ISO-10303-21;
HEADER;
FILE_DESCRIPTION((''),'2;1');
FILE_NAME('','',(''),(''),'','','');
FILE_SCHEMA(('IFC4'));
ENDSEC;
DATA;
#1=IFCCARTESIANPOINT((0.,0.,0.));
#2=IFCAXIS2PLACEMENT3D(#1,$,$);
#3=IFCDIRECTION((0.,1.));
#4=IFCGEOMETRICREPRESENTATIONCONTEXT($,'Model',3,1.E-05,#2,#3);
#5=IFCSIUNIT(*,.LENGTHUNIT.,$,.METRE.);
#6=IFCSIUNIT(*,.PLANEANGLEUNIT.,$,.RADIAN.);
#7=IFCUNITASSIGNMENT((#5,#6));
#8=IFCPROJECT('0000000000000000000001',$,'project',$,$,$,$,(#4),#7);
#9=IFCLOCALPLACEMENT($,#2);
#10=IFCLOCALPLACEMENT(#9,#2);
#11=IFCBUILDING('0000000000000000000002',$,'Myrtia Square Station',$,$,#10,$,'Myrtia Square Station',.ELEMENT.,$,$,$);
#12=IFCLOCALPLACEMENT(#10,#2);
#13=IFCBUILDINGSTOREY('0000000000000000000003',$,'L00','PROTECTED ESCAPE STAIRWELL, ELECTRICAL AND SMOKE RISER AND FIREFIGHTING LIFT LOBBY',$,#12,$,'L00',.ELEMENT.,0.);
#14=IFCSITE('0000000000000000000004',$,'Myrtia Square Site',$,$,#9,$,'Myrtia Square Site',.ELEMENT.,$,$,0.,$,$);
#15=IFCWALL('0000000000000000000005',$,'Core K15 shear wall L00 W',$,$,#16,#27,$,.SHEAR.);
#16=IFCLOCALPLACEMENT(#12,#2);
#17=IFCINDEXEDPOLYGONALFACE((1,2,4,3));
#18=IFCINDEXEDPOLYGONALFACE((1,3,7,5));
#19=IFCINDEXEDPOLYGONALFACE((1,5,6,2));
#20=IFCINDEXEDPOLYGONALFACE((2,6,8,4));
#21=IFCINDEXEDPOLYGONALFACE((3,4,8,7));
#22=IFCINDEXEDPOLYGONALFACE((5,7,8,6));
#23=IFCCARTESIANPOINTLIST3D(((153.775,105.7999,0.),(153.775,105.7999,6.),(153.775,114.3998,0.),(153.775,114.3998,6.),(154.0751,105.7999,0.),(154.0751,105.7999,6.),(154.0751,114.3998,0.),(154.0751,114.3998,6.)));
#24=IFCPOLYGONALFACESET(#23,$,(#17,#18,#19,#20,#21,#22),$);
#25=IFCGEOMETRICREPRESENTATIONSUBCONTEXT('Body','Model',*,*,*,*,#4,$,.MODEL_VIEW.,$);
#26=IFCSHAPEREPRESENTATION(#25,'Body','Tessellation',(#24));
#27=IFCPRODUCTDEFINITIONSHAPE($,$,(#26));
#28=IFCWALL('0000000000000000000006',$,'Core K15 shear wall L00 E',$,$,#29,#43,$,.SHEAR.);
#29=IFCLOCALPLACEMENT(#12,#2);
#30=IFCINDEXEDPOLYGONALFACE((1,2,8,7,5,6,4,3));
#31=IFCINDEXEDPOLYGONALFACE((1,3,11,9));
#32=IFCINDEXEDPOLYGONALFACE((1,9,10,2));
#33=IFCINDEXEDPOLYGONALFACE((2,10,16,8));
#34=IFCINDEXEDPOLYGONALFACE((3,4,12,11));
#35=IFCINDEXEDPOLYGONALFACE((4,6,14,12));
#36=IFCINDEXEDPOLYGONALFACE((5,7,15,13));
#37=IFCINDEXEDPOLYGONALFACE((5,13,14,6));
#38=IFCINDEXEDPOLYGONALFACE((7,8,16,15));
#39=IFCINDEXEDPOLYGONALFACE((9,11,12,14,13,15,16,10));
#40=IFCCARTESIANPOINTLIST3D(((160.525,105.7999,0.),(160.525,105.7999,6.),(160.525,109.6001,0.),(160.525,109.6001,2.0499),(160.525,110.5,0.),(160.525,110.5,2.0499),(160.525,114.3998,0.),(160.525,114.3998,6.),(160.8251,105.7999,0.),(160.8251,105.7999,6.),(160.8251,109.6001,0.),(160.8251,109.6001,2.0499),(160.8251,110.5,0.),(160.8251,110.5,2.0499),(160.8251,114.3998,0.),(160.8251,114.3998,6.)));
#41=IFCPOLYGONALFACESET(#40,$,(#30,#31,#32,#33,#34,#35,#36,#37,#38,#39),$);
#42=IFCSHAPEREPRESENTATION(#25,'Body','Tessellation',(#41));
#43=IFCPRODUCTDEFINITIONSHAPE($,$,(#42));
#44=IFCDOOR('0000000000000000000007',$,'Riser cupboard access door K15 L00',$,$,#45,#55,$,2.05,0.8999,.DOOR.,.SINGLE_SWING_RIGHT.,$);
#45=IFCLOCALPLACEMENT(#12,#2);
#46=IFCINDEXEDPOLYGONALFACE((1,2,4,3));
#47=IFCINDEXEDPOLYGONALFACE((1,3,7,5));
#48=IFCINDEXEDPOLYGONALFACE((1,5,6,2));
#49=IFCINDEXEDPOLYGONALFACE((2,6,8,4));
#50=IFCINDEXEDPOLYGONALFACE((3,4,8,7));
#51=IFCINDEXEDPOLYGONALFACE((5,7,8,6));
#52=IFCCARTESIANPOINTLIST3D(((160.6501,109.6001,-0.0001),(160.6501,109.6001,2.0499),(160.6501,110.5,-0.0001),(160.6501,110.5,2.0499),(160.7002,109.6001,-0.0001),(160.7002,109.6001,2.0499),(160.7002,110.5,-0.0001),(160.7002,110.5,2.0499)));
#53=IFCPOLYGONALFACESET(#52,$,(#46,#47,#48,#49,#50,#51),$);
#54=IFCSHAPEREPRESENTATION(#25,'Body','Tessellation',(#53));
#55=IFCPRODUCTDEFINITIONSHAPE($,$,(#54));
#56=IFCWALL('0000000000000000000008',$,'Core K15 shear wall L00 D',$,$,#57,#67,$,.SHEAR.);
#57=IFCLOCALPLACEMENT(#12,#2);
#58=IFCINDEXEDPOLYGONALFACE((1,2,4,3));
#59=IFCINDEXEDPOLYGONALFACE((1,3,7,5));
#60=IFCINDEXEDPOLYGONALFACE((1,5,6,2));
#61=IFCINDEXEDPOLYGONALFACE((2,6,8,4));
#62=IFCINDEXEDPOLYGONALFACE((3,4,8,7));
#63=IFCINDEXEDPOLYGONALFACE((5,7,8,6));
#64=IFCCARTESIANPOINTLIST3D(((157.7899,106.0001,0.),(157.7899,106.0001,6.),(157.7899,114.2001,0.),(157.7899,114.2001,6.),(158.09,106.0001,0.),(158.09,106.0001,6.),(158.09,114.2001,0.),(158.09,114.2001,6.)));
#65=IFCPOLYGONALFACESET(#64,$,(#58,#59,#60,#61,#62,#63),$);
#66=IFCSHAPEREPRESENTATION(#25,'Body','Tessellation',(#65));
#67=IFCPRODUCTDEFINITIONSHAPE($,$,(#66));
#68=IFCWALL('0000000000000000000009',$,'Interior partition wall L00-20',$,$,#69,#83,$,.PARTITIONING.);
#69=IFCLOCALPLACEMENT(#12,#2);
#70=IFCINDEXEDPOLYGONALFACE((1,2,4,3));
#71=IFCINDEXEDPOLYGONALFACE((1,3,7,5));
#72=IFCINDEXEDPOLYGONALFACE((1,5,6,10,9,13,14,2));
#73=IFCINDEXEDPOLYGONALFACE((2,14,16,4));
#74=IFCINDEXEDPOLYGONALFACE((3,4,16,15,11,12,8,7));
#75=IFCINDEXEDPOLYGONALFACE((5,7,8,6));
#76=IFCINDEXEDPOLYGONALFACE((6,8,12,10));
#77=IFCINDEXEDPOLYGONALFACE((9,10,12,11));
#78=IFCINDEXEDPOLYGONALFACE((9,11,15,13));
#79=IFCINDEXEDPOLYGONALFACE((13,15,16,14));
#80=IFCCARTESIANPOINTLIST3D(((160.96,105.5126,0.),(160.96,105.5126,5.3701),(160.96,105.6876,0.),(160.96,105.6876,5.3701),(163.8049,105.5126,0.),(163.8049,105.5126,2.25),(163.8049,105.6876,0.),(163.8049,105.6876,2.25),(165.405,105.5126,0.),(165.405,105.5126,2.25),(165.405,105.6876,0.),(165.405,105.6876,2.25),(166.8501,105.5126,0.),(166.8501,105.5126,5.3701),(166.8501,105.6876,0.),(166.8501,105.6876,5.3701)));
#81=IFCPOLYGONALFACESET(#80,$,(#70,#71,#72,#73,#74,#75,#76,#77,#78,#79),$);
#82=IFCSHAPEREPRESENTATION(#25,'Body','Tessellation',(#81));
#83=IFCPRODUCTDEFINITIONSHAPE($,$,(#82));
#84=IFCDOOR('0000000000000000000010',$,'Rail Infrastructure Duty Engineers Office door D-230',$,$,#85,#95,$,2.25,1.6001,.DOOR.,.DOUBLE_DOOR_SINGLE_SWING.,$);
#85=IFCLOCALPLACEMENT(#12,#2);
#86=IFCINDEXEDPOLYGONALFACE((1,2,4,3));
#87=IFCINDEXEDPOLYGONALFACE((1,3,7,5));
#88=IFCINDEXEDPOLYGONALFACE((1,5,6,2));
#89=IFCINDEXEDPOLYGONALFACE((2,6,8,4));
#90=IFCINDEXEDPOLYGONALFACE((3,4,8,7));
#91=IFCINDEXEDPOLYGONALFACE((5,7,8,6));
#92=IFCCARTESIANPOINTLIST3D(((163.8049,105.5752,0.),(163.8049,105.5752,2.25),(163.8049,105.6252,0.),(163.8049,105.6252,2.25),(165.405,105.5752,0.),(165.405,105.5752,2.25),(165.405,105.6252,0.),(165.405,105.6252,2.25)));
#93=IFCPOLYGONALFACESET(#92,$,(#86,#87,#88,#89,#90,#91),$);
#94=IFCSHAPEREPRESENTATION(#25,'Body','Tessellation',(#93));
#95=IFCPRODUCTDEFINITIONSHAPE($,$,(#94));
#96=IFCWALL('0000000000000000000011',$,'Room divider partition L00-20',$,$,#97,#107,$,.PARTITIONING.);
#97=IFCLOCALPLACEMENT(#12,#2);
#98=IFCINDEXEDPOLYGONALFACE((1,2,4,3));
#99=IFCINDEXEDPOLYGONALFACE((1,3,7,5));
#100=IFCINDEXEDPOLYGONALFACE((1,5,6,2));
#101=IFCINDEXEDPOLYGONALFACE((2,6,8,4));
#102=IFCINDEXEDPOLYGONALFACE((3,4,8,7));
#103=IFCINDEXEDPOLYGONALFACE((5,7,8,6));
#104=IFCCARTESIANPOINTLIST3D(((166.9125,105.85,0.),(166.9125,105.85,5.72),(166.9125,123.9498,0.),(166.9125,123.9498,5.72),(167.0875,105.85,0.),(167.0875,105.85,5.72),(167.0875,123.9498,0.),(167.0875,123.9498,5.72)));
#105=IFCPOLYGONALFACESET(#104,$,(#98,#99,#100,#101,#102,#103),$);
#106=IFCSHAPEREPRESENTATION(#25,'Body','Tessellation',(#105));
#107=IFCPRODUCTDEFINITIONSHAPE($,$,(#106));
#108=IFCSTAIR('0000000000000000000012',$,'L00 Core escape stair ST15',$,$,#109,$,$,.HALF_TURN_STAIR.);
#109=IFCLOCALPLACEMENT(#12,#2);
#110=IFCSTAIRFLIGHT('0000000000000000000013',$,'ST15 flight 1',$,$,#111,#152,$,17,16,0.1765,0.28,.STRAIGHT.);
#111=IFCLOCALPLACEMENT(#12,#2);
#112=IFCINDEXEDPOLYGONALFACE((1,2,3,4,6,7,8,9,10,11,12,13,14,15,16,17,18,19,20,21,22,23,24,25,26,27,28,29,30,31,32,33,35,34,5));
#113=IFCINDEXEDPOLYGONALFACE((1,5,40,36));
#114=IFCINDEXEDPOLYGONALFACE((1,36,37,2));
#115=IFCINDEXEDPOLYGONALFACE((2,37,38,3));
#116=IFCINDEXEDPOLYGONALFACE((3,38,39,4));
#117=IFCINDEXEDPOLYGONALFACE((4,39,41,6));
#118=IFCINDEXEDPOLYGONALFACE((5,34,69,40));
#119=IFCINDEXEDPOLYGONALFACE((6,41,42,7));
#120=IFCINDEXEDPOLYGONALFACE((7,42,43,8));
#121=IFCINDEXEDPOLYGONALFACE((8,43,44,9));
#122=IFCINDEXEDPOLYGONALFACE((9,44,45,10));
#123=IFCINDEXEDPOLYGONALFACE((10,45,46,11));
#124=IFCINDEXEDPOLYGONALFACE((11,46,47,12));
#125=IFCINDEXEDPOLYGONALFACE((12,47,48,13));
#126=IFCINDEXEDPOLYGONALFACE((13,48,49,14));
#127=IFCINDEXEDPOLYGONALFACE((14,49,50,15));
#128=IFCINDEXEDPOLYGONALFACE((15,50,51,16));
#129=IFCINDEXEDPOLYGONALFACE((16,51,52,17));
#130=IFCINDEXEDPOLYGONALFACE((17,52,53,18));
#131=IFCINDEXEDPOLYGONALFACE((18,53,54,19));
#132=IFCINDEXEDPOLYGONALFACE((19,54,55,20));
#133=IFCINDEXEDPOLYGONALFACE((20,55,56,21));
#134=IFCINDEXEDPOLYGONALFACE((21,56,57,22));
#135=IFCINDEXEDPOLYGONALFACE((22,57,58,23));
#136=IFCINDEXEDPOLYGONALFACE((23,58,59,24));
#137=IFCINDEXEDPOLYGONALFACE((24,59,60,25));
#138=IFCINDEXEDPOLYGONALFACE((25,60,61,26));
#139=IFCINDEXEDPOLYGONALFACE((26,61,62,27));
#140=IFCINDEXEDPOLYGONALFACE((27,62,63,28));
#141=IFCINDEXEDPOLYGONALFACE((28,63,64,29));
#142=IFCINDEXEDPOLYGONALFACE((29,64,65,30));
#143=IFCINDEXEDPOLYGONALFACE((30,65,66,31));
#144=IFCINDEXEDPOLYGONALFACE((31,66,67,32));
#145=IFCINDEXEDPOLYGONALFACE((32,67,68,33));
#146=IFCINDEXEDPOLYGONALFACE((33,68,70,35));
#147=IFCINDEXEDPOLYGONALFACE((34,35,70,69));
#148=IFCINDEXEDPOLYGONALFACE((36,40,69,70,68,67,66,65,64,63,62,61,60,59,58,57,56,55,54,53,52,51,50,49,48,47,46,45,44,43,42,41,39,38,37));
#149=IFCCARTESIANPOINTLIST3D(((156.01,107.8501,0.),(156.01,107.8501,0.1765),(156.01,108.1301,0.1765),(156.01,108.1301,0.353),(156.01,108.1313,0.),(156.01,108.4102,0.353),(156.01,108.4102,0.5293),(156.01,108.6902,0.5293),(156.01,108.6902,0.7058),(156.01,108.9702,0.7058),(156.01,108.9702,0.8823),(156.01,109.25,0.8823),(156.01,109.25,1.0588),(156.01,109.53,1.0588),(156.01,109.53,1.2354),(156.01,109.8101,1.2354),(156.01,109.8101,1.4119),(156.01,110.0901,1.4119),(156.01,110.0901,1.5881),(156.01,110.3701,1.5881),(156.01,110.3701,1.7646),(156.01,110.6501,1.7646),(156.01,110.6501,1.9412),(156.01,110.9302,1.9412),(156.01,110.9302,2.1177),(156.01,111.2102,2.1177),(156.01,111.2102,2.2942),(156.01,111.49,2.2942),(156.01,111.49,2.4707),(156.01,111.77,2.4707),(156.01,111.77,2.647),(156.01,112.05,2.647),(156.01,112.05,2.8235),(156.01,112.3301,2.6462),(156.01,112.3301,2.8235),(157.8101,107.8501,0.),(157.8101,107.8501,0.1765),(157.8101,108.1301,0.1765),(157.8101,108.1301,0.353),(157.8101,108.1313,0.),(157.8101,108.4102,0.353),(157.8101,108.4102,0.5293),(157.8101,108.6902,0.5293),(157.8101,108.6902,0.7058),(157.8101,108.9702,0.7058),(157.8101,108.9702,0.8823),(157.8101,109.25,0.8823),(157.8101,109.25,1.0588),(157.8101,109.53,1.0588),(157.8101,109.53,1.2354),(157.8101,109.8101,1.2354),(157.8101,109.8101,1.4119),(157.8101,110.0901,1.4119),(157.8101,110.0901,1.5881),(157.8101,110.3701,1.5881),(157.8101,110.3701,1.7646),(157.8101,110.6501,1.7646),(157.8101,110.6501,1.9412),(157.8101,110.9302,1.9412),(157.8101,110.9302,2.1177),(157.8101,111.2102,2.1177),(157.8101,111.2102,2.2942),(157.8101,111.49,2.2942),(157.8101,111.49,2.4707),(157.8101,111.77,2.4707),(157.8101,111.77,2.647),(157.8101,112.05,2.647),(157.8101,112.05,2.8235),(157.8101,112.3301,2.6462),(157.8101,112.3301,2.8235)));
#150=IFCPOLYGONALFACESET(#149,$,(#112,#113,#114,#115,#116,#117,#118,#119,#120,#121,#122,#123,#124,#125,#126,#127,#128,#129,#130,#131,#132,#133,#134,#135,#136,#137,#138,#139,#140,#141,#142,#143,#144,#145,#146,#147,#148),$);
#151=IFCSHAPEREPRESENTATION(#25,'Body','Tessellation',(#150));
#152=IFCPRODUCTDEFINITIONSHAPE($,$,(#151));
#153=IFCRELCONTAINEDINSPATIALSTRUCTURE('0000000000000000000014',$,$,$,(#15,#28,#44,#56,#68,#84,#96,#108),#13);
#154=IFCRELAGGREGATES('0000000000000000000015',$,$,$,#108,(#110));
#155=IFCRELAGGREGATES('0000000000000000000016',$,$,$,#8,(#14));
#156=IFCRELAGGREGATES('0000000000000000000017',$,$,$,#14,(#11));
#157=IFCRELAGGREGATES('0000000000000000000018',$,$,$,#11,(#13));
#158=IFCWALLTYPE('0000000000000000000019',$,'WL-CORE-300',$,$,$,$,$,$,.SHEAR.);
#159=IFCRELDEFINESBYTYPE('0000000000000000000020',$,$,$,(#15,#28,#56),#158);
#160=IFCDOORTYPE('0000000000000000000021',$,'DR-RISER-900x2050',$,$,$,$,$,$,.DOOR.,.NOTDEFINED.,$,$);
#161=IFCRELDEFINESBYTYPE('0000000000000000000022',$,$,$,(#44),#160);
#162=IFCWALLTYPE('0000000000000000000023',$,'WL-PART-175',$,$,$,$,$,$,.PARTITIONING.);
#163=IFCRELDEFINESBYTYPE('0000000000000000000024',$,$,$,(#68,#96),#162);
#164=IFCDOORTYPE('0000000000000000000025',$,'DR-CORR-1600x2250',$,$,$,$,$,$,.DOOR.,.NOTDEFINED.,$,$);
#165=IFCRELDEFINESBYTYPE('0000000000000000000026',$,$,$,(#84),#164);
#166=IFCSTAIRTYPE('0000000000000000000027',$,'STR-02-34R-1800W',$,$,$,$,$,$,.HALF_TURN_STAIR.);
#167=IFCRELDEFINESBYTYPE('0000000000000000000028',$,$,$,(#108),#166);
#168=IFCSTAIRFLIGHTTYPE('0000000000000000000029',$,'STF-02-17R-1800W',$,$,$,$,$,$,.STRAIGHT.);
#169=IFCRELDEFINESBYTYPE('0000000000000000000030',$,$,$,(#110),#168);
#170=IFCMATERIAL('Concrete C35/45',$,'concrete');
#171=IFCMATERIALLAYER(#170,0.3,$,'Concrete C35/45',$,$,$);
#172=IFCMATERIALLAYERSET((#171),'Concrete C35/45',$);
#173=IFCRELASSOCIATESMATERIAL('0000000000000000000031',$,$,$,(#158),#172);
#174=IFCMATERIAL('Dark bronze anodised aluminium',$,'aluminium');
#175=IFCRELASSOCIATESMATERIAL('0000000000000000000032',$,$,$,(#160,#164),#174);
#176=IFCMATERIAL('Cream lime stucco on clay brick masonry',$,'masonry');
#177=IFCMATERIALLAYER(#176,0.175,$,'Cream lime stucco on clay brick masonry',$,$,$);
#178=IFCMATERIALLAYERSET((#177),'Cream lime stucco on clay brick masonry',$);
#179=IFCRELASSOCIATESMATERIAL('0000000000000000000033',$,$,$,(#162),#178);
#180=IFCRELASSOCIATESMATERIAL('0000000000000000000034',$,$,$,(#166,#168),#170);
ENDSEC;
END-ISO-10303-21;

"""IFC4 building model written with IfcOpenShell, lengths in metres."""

from ifc_helpers import new_model, si_unit, direction, frame, frame_2d, origin, place, context, subcontext, project, spatial, polyline, rectangle, outline, extrude, material, layer, layer_set, type_object, element, fill, aggregate, save


model = new_model("IFC4")

# Units and contexts
model_context = context("Model", 3, precision=1e-05, world=origin(), true_north=direction((0.0, 1.0)))
body_context = subcontext(model_context, "Body", "Model", "MODEL_VIEW")
ifc_project = project(units=[si_unit("LENGTHUNIT", "METRE"), si_unit("PLANEANGLEUNIT", "RADIAN")], contexts=[model_context])

# Site, building, storey
site_placement = place(None, origin())
site = spatial("IfcSite", under=ifc_project, at=site_placement, Name="Myrtia Square Site", LongName="Myrtia Square Site", CompositionType="ELEMENT", RefElevation=0.0)
building_placement = place(site_placement, origin())
building = spatial("IfcBuilding", under=site, at=building_placement, Name="Myrtia Square Station", LongName="Myrtia Square Station", CompositionType="ELEMENT")
storey_placement = place(building_placement, origin())
storey = spatial("IfcBuildingStorey", under=building, at=storey_placement, Name="L00", Description="PROTECTED ESCAPE STAIRWELL, ELECTRICAL AND SMOKE RISER AND FIREFIGHTING LIFT LOBBY", LongName="L00", CompositionType="ELEMENT", Elevation=0.0)

# Shared definitions
ifc_material_1 = material(Name="Concrete C35/45", Category="concrete")
ifc_layer_1 = layer(ifc_material_1, 0.3, Name="Concrete C35/45")
ifc_layer_set_1 = layer_set([ifc_layer_1], Name="Concrete C35/45")
wall_type_1 = type_object("IfcWallType", Name="WL-CORE-300", PredefinedType="SHEAR", material=ifc_layer_set_1)
ifc_material_2 = material(Name="Dark bronze anodised aluminium", Category="aluminium")

# Wall
wall_1_placement = place(storey_placement, frame((153.925, 105.8, 0.0), z_axis=(0.0, 0.0, 1.0), x_axis=(0.0, 1.0, 0.0)))
element("IfcWall", 1, at=wall_1_placement, inside=storey, type_object=wall_type_1, Name="Core K15 shear wall L00 W", PredefinedType="SHEAR", context=body_context, shape_type="SweptSolid", body=[
    extrude(rectangle(XDim=8.5999, YDim=0.3, at=frame_2d((4.2998, 0.0))), origin(), (0.0, 0.0, 1.0), 6.0),
])

# Wall, opening, door
wall_2_placement = place(storey_placement, frame((160.675, 105.8, 0.0), z_axis=(0.0, 0.0, 1.0), x_axis=(0.0, 1.0, 0.0)))
wall_2 = element("IfcWall", 2, at=wall_2_placement, inside=storey, type_object=wall_type_1, Name="Core K15 shear wall L00 E", PredefinedType="SHEAR", context=body_context, shape_type="SweptSolid", body=[
    extrude(rectangle(XDim=8.5999, YDim=0.3, at=frame_2d((4.2998, 0.0))), origin(), (0.0, 0.0, 1.0), 6.0),
])
opening_1_placement = place(wall_2_placement, frame((3.8, 0.0, 0.0)))
opening_1 = element("IfcOpeningElement", 3, at=opening_1_placement, cuts=wall_2, PredefinedType="OPENING", context=body_context, shape_type="SweptSolid", body=[
    extrude(rectangle(XDim=0.8999, YDim=2.05, at=frame_2d((0.45, 1.0249))), frame((0.0, 0.165, 0.0), z_axis=(0.0, -1.0, 0.0), x_axis=(1.0, 0.0, 0.0)), (0.0, 0.0, 1.0), 0.3301),
])
door_type_1 = type_object("IfcDoorType", Name="DR-RISER-900x2050", OperationType="NOTDEFINED", PredefinedType="DOOR", material=ifc_material_2)
door_1_placement = place(opening_1_placement, origin())
door_1 = element("IfcDoor", 4, at=door_1_placement, inside=storey, type_object=door_type_1, Name="Riser cupboard access door K15 L00", OperationType="SINGLE_SWING_RIGHT", OverallHeight=2.05, OverallWidth=0.8999, PredefinedType="DOOR", context=body_context, shape_type="SweptSolid", body=[
    extrude(rectangle(XDim=0.8999, YDim=2.05, at=frame_2d((0.45, 1.0249))), frame((0.0, 0.0249, 0.0), z_axis=(0.0, -1.0, 0.0), x_axis=(1.0, 0.0, 0.0)), (0.0, 0.0, 1.0), 0.05),
])
fill(opening_1, door_1)

# Wall
wall_3_placement = place(storey_placement, frame((157.9399, 106.0, 0.0), z_axis=(0.0, 0.0, 1.0), x_axis=(0.0, 1.0, 0.0)))
element("IfcWall", 5, at=wall_3_placement, inside=storey, type_object=wall_type_1, Name="Core K15 shear wall L00 D", PredefinedType="SHEAR", context=body_context, shape_type="SweptSolid", body=[
    extrude(rectangle(XDim=8.2, YDim=0.3, at=frame_2d((4.1001, 0.0))), origin(), (0.0, 0.0, 1.0), 6.0),
])

# Wall, opening, door
ifc_material_3 = material(Name="Cream lime stucco on clay brick masonry", Category="masonry")
ifc_layer_2 = layer(ifc_material_3, 0.175, Name="Cream lime stucco on clay brick masonry")
ifc_layer_set_2 = layer_set([ifc_layer_2], Name="Cream lime stucco on clay brick masonry")
wall_type_2 = type_object("IfcWallType", Name="WL-PART-175", PredefinedType="PARTITIONING", material=ifc_layer_set_2)
wall_4_placement = place(storey_placement, frame((160.96, 105.6001, 0.0), z_axis=(0.0, 0.0, 1.0), x_axis=(1.0, 0.0, 0.0)))
wall_4 = element("IfcWall", 6, at=wall_4_placement, inside=storey, type_object=wall_type_2, Name="Interior partition wall L00-20", PredefinedType="PARTITIONING", context=body_context, shape_type="SweptSolid", body=[
    extrude(rectangle(XDim=5.8901, YDim=0.175, at=frame_2d((2.9451, 0.0))), origin(), (0.0, 0.0, 1.0), 5.3701),
])
opening_2_placement = place(wall_4_placement, frame((2.845, 0.0, 0.0)))
opening_2 = element("IfcOpeningElement", 7, at=opening_2_placement, cuts=wall_4, PredefinedType="OPENING", context=body_context, shape_type="SweptSolid", body=[
    extrude(rectangle(XDim=1.6001, YDim=2.25, at=frame_2d((0.8, 1.125))), frame((0.0, 0.1025, 0.0), z_axis=(0.0, -1.0, 0.0), x_axis=(1.0, 0.0, 0.0)), (0.0, 0.0, 1.0), 0.2051),
])
door_type_2 = type_object("IfcDoorType", Name="DR-CORR-1600x2250", OperationType="NOTDEFINED", PredefinedType="DOOR", material=ifc_material_2)
door_2_placement = place(opening_2_placement, frame((1.6001, 0.0, 0.0), z_axis=(0.0, 0.0, 1.0), x_axis=(-1.0, 0.0, 0.0)))
door_2 = element("IfcDoor", 8, at=door_2_placement, inside=storey, type_object=door_type_2, Name="Rail Infrastructure Duty Engineers Office door D-230", OperationType="DOUBLE_DOOR_SINGLE_SWING", OverallHeight=2.25, OverallWidth=1.6001, PredefinedType="DOOR", context=body_context, shape_type="SweptSolid", body=[
    extrude(rectangle(XDim=1.6001, YDim=2.25, at=frame_2d((0.8, 1.125))), frame((0.0, 0.0249, 0.0), z_axis=(0.0, -1.0, 0.0), x_axis=(1.0, 0.0, 0.0)), (0.0, 0.0, 1.0), 0.05),
])
fill(opening_2, door_2)

# Wall
wall_5_placement = place(storey_placement, frame((167.0, 105.8501, 0.0), z_axis=(0.0, 0.0, 1.0), x_axis=(0.0, 1.0, 0.0)))
element("IfcWall", 9, at=wall_5_placement, inside=storey, type_object=wall_type_2, Name="Room divider partition L00-20", PredefinedType="PARTITIONING", context=body_context, shape_type="SweptSolid", body=[
    extrude(rectangle(XDim=18.0999, YDim=0.175, at=frame_2d((9.0498, 0.0))), origin(), (0.0, 0.0, 1.0), 5.72),
])

# Stair, stair flight
stair_type = type_object("IfcStairType", Name="STR-02-34R-1800W", PredefinedType="HALF_TURN_STAIR", material=ifc_material_1)
stair_placement = place(storey_placement, origin())
stair = element("IfcStair", 10, at=stair_placement, inside=storey, type_object=stair_type, Name="L00 Core escape stair ST15", PredefinedType="HALF_TURN_STAIR")
stair_flight_type = type_object("IfcStairFlightType", Name="STF-02-17R-1800W", PredefinedType="STRAIGHT", material=ifc_material_1)
stair_flight_1_placement = place(storey_placement, frame((156.9099, 107.8501, 0.0), z_axis=(0.0, 0.0, 1.0), x_axis=(0.0, 1.0, 0.0)))
stair_flight_1 = element("IfcStairFlight", 11, at=stair_flight_1_placement, type_object=stair_flight_type, Name="ST15 flight 1", NumberOfRisers=17, NumberOfTreads=16, PredefinedType="STRAIGHT", RiserHeight=0.1765, TreadLength=0.28, context=body_context, shape_type="SweptSolid", body=[
    extrude(outline(polyline([(0.0, 0.0), (0.0, 0.1765), (0.28, 0.1765), (0.28, 0.353), (0.5601, 0.353), (0.5601, 0.5293), (0.8401, 0.5293), (0.8401, 0.7058), (1.1201, 0.7058), (1.1201, 0.8823), (1.3999, 0.8823), (1.3999, 1.0588), (1.6799, 1.0588), (1.6799, 1.2354), (1.96, 1.2354), (1.96, 1.4119), (2.24, 1.4119), (2.24, 1.5881), (2.52, 1.5881), (2.52, 1.7646), (2.8, 1.7646), (2.8, 1.9412), (3.0801, 1.9412), (3.0801, 2.1177), (3.3601, 2.1177), (3.3601, 2.2942), (3.6399, 2.2942), (3.6399, 2.4707), (3.9199, 2.4707), (3.9199, 2.647), (4.2, 2.647), (4.2, 2.8235), (4.48, 2.8235), (4.48, 3.0), (4.48, 2.6462), (0.2812, 0.0), (0.0, 0.0)])), frame((0.0, 0.8999, 0.0), z_axis=(0.0, -1.0, 0.0), x_axis=(1.0, 0.0, 0.0)), (0.0, 0.0, 1.0), 1.8),
])
aggregate(stair, [stair_flight_1])

save(model, "model.ifc")
